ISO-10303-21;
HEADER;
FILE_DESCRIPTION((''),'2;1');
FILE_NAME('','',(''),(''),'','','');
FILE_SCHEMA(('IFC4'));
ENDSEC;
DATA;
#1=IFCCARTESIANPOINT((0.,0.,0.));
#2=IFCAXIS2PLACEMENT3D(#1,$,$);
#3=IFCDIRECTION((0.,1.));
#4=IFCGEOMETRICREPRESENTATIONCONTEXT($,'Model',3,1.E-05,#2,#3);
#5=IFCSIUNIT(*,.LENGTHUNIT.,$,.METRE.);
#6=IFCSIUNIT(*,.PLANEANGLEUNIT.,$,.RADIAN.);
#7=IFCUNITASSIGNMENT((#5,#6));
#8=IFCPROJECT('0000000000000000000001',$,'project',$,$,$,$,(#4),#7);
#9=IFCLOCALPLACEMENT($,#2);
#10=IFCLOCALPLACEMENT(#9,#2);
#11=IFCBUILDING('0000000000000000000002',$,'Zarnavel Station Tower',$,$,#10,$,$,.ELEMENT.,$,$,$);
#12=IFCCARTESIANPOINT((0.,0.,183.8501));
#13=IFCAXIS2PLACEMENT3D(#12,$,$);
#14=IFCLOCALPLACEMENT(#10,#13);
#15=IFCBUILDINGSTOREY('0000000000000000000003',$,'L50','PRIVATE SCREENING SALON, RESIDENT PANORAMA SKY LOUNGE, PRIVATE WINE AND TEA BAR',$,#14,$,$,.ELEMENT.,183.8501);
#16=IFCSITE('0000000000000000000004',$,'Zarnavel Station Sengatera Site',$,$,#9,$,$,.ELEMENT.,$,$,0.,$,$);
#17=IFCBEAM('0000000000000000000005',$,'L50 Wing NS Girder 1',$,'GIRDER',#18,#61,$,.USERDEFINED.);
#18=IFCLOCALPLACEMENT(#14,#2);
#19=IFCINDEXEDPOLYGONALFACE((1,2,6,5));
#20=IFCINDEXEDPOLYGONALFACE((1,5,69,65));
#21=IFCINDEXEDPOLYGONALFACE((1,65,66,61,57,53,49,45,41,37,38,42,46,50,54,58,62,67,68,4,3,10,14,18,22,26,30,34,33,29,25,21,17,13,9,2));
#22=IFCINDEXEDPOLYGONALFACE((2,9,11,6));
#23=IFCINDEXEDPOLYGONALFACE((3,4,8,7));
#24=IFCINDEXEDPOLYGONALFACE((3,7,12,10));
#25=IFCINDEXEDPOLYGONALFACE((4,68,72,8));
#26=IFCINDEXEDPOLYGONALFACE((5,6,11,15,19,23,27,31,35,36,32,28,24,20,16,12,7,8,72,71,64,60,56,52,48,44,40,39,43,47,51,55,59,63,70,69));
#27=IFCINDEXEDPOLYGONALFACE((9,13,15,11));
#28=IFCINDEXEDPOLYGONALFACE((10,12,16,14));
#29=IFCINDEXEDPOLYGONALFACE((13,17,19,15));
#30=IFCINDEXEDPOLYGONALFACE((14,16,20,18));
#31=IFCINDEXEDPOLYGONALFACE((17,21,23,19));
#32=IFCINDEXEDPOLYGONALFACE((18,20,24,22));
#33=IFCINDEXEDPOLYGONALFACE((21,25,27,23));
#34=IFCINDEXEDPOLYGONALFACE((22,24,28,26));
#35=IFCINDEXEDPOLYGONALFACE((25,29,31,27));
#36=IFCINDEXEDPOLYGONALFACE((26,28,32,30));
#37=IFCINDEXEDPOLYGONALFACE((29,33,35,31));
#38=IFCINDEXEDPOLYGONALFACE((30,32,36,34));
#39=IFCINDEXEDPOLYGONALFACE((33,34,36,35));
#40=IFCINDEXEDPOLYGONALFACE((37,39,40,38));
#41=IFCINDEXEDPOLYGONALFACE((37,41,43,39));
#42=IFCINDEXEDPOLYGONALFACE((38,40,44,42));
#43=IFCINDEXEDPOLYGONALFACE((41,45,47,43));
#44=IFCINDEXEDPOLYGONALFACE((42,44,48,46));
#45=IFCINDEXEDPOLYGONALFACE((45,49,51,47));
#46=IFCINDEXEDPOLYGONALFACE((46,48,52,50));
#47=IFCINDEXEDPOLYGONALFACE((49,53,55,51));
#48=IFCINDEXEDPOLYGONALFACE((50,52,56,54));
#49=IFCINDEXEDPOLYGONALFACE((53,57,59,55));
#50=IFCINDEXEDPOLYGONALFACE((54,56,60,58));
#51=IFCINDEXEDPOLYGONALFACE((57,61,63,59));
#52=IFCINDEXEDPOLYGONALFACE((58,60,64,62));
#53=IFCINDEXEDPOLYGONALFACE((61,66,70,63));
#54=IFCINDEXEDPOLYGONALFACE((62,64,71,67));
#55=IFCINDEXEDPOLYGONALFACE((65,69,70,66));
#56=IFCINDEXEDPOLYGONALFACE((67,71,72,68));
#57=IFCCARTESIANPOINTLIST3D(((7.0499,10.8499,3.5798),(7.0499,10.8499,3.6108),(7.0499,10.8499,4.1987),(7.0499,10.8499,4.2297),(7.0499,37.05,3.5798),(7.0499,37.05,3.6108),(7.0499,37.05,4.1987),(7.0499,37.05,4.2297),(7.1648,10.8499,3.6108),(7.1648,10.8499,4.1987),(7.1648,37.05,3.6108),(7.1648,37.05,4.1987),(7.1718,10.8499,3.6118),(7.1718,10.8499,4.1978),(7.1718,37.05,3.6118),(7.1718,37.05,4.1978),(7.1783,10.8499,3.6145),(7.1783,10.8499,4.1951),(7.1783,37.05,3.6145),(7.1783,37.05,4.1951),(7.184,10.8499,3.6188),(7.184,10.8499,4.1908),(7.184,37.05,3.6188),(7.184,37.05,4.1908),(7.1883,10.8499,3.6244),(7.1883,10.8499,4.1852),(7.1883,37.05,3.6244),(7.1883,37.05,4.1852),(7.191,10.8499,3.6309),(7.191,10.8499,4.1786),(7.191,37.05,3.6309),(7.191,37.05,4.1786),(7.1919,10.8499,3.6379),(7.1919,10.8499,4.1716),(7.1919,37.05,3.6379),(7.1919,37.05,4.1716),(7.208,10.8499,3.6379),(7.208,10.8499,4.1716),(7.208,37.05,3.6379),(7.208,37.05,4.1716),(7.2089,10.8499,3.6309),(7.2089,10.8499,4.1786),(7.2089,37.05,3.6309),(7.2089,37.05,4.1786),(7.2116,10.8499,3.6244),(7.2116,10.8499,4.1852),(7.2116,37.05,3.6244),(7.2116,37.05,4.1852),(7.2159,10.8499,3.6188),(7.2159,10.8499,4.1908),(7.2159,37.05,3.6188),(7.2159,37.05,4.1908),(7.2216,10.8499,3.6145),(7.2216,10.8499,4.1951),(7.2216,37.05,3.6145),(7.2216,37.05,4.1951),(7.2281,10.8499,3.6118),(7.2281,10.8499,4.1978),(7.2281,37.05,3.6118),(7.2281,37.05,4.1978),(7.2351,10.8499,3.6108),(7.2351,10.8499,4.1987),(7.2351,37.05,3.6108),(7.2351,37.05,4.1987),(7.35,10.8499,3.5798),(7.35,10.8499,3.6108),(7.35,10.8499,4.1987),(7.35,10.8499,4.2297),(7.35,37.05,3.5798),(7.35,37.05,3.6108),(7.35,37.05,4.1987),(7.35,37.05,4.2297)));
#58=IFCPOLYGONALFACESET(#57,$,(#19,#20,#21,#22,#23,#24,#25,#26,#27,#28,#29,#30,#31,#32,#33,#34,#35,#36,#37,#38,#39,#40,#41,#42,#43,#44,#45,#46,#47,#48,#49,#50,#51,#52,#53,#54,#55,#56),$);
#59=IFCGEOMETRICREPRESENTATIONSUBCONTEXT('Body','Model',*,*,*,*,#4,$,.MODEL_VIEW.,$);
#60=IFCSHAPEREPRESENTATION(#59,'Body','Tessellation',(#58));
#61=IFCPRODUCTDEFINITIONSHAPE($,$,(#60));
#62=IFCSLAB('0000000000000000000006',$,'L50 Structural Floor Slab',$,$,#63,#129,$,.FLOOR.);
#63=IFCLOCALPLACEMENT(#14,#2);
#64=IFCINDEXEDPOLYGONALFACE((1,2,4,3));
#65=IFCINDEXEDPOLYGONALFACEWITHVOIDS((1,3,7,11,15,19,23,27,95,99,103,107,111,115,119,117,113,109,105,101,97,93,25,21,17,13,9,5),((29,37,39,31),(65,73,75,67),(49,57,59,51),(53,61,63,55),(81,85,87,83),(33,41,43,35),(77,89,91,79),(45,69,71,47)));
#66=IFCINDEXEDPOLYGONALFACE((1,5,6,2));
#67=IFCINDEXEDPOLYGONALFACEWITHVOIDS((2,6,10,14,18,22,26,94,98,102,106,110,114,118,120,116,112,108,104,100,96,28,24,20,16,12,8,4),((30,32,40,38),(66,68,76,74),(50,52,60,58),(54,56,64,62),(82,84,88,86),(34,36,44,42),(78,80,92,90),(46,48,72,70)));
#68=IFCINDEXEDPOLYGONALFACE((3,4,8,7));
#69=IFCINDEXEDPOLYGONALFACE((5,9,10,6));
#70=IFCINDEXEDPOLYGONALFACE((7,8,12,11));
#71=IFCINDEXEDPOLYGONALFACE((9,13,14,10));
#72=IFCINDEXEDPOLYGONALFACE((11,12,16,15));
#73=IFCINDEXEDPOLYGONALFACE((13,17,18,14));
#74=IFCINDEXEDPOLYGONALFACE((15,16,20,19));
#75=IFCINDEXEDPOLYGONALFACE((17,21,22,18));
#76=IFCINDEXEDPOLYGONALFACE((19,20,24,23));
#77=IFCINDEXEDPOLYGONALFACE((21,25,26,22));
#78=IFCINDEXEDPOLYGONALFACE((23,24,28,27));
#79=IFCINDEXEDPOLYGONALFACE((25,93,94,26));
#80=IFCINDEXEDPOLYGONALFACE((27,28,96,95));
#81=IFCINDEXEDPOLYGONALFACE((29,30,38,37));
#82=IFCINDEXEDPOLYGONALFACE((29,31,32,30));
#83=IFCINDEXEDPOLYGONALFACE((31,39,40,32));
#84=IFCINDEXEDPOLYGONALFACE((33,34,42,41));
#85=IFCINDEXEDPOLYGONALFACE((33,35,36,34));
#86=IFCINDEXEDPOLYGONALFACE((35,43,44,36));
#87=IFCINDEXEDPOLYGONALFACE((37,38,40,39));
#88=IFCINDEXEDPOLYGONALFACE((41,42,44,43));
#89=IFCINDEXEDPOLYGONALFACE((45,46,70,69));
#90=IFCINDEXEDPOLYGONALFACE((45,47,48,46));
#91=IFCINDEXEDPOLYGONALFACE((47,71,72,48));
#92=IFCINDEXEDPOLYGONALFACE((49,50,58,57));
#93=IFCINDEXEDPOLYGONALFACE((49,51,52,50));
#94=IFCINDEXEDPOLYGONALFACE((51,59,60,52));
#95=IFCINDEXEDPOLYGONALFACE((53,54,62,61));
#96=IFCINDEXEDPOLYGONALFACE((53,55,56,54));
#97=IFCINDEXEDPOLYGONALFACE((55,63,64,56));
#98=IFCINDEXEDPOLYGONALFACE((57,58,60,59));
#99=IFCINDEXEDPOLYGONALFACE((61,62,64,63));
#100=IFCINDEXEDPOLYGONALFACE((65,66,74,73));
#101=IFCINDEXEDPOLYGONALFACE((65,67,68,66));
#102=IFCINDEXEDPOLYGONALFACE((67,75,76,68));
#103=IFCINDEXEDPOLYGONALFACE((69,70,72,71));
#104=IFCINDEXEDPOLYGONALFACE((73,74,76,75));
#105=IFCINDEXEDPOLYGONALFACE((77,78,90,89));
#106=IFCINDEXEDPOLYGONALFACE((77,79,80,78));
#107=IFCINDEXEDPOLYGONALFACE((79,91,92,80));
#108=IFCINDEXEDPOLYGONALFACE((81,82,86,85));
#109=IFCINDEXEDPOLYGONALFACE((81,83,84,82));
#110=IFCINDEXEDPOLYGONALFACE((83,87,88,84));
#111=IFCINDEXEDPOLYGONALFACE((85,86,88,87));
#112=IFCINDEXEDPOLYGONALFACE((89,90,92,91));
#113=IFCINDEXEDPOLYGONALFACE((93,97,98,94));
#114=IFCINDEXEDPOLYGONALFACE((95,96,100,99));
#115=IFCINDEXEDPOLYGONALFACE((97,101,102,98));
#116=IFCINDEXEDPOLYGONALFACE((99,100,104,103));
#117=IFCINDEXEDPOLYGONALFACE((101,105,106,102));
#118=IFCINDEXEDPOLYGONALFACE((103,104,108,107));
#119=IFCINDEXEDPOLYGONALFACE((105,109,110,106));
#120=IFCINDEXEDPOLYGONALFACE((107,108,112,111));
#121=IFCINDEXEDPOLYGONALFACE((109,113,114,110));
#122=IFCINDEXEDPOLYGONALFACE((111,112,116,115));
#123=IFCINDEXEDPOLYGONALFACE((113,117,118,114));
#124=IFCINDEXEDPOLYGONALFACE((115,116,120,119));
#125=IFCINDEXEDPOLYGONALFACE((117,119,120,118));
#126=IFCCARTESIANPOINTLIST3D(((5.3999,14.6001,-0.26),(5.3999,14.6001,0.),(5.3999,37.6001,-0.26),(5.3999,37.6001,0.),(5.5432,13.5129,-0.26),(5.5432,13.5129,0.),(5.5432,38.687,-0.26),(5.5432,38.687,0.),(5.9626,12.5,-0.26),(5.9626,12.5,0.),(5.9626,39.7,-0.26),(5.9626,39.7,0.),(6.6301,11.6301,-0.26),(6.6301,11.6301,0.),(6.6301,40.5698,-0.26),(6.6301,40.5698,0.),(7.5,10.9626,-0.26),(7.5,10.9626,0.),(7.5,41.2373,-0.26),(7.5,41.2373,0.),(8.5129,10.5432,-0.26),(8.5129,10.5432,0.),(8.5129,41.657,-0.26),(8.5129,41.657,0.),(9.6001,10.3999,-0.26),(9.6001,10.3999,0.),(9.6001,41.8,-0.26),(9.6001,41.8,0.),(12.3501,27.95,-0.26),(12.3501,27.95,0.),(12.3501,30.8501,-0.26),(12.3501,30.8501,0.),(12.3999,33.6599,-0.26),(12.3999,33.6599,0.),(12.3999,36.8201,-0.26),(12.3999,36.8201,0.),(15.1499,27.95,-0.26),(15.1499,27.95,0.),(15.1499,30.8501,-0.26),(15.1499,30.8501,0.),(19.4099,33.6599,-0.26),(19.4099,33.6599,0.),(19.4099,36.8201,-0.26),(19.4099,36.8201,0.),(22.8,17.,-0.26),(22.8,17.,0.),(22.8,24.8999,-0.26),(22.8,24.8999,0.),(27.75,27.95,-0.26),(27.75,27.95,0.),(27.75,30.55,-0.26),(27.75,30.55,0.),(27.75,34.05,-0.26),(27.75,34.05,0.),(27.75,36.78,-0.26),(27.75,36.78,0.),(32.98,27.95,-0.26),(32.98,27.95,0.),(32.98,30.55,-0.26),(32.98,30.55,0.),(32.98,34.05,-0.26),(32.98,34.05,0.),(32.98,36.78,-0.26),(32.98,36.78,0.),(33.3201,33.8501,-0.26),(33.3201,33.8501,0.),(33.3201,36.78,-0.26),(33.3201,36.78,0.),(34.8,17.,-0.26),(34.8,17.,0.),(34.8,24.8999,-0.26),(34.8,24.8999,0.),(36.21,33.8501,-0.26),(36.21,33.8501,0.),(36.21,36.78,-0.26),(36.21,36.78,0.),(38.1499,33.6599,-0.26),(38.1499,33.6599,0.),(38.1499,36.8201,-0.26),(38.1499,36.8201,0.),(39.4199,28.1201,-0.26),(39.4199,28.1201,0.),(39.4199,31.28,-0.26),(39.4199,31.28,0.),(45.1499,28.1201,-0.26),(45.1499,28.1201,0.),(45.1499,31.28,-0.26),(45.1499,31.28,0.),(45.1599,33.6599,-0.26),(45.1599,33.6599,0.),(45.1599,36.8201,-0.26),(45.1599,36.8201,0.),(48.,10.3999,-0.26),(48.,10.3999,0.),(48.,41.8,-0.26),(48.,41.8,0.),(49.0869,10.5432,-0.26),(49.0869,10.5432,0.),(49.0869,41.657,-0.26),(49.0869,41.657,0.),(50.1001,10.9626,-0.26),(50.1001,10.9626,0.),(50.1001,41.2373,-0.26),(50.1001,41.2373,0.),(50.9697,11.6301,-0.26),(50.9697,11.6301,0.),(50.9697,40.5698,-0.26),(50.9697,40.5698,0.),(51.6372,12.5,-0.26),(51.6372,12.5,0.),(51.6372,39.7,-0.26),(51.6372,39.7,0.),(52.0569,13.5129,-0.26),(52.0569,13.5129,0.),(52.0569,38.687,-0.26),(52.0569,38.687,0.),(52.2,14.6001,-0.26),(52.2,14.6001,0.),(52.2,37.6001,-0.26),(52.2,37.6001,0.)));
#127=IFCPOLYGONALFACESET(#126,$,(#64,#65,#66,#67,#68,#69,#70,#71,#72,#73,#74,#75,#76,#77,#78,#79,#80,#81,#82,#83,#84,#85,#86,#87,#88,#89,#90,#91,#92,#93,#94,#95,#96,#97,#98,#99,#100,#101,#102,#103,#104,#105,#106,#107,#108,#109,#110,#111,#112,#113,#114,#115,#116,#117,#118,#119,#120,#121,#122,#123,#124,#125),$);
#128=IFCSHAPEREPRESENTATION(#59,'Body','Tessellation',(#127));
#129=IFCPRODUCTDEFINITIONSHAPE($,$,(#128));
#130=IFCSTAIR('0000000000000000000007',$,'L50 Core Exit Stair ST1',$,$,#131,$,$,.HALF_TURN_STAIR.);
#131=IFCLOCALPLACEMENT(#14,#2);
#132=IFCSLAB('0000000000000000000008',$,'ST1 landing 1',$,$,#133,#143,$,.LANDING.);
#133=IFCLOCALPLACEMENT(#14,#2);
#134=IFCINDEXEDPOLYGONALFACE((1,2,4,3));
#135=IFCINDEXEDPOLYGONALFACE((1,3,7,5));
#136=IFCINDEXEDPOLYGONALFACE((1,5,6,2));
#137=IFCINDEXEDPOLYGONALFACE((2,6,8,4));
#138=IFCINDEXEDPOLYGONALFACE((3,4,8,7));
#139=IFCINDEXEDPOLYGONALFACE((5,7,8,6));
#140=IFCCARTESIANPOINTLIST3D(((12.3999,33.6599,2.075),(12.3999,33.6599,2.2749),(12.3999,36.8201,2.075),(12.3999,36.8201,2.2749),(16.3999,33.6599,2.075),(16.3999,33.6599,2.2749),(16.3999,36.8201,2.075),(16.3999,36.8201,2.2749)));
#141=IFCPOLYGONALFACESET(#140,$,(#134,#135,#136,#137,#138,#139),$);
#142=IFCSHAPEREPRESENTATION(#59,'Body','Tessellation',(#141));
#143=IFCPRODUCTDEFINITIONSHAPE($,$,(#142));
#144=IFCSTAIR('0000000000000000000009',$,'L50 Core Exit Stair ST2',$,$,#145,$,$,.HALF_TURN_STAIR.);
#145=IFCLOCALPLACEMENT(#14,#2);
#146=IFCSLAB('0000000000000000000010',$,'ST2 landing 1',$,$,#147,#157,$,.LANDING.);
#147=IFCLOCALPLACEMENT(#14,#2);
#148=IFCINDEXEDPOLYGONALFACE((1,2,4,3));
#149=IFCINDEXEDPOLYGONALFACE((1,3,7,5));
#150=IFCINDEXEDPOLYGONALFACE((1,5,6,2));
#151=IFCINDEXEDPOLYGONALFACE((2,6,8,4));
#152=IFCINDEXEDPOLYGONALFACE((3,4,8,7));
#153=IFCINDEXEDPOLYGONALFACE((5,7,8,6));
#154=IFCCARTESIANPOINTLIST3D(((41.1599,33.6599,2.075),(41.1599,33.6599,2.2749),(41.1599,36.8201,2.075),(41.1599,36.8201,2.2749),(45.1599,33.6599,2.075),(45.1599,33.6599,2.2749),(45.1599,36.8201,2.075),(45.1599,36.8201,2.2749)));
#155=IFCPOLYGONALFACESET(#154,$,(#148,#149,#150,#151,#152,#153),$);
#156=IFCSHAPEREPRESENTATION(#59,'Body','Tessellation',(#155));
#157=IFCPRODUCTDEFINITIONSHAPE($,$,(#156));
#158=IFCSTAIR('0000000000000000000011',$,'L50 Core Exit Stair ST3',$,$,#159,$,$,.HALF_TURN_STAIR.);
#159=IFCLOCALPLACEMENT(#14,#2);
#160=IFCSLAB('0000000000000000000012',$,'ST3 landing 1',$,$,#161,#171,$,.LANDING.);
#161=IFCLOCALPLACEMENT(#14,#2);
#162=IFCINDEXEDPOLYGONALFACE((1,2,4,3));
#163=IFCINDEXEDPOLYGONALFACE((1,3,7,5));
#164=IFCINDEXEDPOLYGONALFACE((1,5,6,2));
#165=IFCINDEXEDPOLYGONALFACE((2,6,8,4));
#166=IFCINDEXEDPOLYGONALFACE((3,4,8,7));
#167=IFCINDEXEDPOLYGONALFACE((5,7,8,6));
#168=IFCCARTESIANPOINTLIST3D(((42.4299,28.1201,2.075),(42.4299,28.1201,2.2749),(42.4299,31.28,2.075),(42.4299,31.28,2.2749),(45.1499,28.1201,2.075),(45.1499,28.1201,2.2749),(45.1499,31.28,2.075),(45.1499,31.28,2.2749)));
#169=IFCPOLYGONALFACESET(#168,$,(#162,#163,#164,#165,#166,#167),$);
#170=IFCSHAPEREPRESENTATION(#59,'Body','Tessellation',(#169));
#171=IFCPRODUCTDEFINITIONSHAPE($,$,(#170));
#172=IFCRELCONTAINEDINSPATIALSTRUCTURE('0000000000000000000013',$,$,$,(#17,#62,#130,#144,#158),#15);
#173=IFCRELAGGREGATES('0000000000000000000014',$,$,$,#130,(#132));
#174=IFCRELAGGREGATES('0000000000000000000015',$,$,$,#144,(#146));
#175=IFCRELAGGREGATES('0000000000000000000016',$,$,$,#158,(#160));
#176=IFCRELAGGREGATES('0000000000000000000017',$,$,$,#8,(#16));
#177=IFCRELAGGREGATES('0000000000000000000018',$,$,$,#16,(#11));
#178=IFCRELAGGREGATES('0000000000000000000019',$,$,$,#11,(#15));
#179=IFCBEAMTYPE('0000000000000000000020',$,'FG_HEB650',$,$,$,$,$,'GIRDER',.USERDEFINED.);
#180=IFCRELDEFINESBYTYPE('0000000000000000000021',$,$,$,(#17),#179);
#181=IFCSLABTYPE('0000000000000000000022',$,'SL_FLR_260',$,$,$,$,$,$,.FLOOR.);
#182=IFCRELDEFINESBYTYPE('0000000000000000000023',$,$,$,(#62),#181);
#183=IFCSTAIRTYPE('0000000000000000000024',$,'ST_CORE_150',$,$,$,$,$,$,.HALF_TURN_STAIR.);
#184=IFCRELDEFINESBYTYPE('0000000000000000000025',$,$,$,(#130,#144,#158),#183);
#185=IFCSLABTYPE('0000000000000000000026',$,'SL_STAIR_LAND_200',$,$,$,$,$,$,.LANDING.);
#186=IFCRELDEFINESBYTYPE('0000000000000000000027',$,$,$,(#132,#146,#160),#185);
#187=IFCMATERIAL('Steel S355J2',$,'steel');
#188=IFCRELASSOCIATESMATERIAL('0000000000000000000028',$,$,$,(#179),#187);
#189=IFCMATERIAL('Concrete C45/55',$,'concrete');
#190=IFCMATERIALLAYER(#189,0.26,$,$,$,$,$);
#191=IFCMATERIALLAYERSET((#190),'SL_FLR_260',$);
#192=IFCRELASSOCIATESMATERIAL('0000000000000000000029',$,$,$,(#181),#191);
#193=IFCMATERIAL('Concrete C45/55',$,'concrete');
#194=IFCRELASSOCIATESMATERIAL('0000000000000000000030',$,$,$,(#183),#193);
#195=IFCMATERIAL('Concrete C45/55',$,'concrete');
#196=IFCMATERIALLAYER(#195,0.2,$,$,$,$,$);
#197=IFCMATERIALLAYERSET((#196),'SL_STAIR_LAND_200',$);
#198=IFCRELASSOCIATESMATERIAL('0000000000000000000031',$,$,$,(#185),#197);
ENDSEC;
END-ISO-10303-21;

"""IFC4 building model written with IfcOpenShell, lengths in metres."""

from ifc_helpers import new_model, si_unit, direction, frame, origin, origin_2d, place, context, subcontext, project, spatial, polyline, i_section, outline, extrude, material, layer, layer_set, material_profile, profile_set, type_object, element, aggregate, save


model = new_model("IFC4")

# Units and contexts
model_context = context("Model", 3, precision=1e-05, world=origin(), true_north=direction((0.0, 1.0)))
body_context = subcontext(model_context, "Body", "Model", "MODEL_VIEW")
ifc_project = project(units=[si_unit("LENGTHUNIT", "METRE"), si_unit("PLANEANGLEUNIT", "RADIAN")], contexts=[model_context])

# Site, building, storey
site_placement = place(None, origin())
site = spatial("IfcSite", under=ifc_project, at=site_placement, Name="Zarnavel Station Sengatera Site", CompositionType="ELEMENT", RefElevation=0.0)
building_placement = place(site_placement, origin())
building = spatial("IfcBuilding", under=site, at=building_placement, Name="Zarnavel Station Tower", CompositionType="ELEMENT")
storey_placement = place(building_placement, frame((0.0, 0.0, 183.8501)))
storey = spatial("IfcBuildingStorey", under=building, at=storey_placement, Name="L50", Description="PRIVATE SCREENING SALON, RESIDENT PANORAMA SKY LOUNGE, PRIVATE WINE AND TEA BAR", CompositionType="ELEMENT", Elevation=183.8501)

# Beam
ifc_material_1 = material(Name="Steel S355J2", Category="steel")
ifc_material_profile = material_profile(ifc_material_1, i_section(OverallWidth=0.3, OverallDepth=0.6499, WebThickness=0.0161, FlangeThickness=0.031, FilletRadius=0.0271, at=origin_2d()), Name="HEB650")
ifc_profile_set = profile_set([ifc_material_profile], Name="Steel S355J2")
beam_type = type_object("IfcBeamType", Name="FG_HEB650", ElementType="GIRDER", PredefinedType="USERDEFINED", material=ifc_profile_set)
beam_placement = place(storey_placement, frame((7.2, 10.8499, 3.9048), z_axis=(0.0, 1.0, 0.0), x_axis=(-1.0, 0.0, 0.0)))
element("IfcBeam", 1, at=beam_placement, inside=storey, type_object=beam_type, Name="L50 Wing NS Girder 1", ObjectType="GIRDER", PredefinedType="USERDEFINED", context=body_context, shape_type="SweptSolid", body=[
    extrude(i_section(OverallWidth=0.3, OverallDepth=0.6499, WebThickness=0.0161, FlangeThickness=0.031, FilletRadius=0.0271, at=origin_2d()), origin(), (0.0, 0.0, 1.0), 26.2002),
])

# Slab
ifc_material_2 = material(Name="Concrete C45/55", Category="concrete")
ifc_layer_1 = layer(ifc_material_2, 0.26)
ifc_layer_set_1 = layer_set([ifc_layer_1], Name="SL_FLR_260")
slab_type_1 = type_object("IfcSlabType", Name="SL_FLR_260", PredefinedType="FLOOR", material=ifc_layer_set_1)
slab_1_placement = place(storey_placement, frame((0.0, 0.0, -0.26)))
element("IfcSlab", 2, at=slab_1_placement, inside=storey, type_object=slab_type_1, Name="L50 Structural Floor Slab", PredefinedType="FLOOR", context=body_context, shape_type="SweptSolid", body=[
    extrude(outline(polyline([(48.0, 10.3999), (49.0869, 10.5432), (50.1001, 10.9626), (50.9697, 11.6301), (51.6372, 12.5), (52.0569, 13.5129), (52.2, 14.6001), (52.2, 37.6001), (52.0569, 38.687), (51.6372, 39.7), (50.9697, 40.5698), (50.1001, 41.2373), (49.0869, 41.657), (48.0, 41.8), (9.6001, 41.8), (8.5129, 41.657), (7.5, 41.2373), (6.6301, 40.5698), (5.9626, 39.7), (5.5432, 38.687), (5.3999, 37.6001), (5.3999, 14.6001), (5.5432, 13.5129), (5.9626, 12.5), (6.6301, 11.6301), (7.5, 10.9626), (8.5129, 10.5432), (9.6001, 10.3999), (48.0, 10.3999)]), holes=[polyline([(12.3999, 33.6599), (19.4099, 33.6599), (19.4099, 36.8201), (12.3999, 36.8201), (12.3999, 33.6599)]), polyline([(38.1499, 33.6599), (45.1599, 33.6599), (45.1599, 36.8201), (38.1499, 36.8201), (38.1499, 33.6599)]), polyline([(39.4199, 28.1201), (45.1499, 28.1201), (45.1499, 31.28), (39.4199, 31.28), (39.4199, 28.1201)]), polyline([(12.3501, 27.95), (15.1499, 27.95), (15.1499, 30.8501), (12.3501, 30.8501), (12.3501, 27.95)]), polyline([(33.3201, 33.8501), (36.21, 33.8501), (36.21, 36.78), (33.3201, 36.78), (33.3201, 33.8501)]), polyline([(27.75, 34.05), (32.98, 34.05), (32.98, 36.78), (27.75, 36.78), (27.75, 34.05)]), polyline([(27.75, 27.95), (32.98, 27.95), (32.98, 30.55), (27.75, 30.55), (27.75, 27.95)]), polyline([(22.8, 17.0), (34.8, 17.0), (34.8, 24.8999), (22.8, 24.8999), (22.8, 17.0)])]), origin(), (0.0, 0.0, 1.0), 0.26),
])

# Stairs, slabs
ifc_material_3 = material(Name="Concrete C45/55", Category="concrete")
stair_type = type_object("IfcStairType", Name="ST_CORE_150", PredefinedType="HALF_TURN_STAIR", material=ifc_material_3)
stair_1_placement = place(storey_placement, origin())
stair_1 = element("IfcStair", 3, at=stair_1_placement, inside=storey, type_object=stair_type, Name="L50 Core Exit Stair ST1", PredefinedType="HALF_TURN_STAIR")
ifc_material_4 = material(Name="Concrete C45/55", Category="concrete")
ifc_layer_2 = layer(ifc_material_4, 0.2)
ifc_layer_set_2 = layer_set([ifc_layer_2], Name="SL_STAIR_LAND_200")
slab_type_2 = type_object("IfcSlabType", Name="SL_STAIR_LAND_200", PredefinedType="LANDING", material=ifc_layer_set_2)
slab_2_placement = place(storey_placement, frame((0.0, 0.0, 2.075)))
slab_2 = element("IfcSlab", 4, at=slab_2_placement, type_object=slab_type_2, Name="ST1 landing 1", PredefinedType="LANDING", context=body_context, shape_type="SweptSolid", body=[
    extrude(outline(polyline([(16.3999, 36.8201), (12.3999, 36.8201), (12.3999, 33.6599), (16.3999, 33.6599), (16.3999, 36.8201)])), origin(), (0.0, 0.0, 1.0), 0.2),
])
aggregate(stair_1, [slab_2])
stair_2_placement = place(storey_placement, origin())
stair_2 = element("IfcStair", 5, at=stair_2_placement, inside=storey, type_object=stair_type, Name="L50 Core Exit Stair ST2", PredefinedType="HALF_TURN_STAIR")
slab_3_placement = place(storey_placement, frame((0.0, 0.0, 2.075)))
slab_3 = element("IfcSlab", 6, at=slab_3_placement, type_object=slab_type_2, Name="ST2 landing 1", PredefinedType="LANDING", context=body_context, shape_type="SweptSolid", body=[
    extrude(outline(polyline([(41.1599, 33.6599), (45.1599, 33.6599), (45.1599, 36.8201), (41.1599, 36.8201), (41.1599, 33.6599)])), origin(), (0.0, 0.0, 1.0), 0.2),
])
aggregate(stair_2, [slab_3])
stair_3_placement = place(storey_placement, origin())
stair_3 = element("IfcStair", 7, at=stair_3_placement, inside=storey, type_object=stair_type, Name="L50 Core Exit Stair ST3", PredefinedType="HALF_TURN_STAIR")
slab_4_placement = place(storey_placement, frame((0.0, 0.0, 2.075)))
slab_4 = element("IfcSlab", 8, at=slab_4_placement, type_object=slab_type_2, Name="ST3 landing 1", PredefinedType="LANDING", context=body_context, shape_type="SweptSolid", body=[
    extrude(outline(polyline([(42.4299, 28.1201), (45.1499, 28.1201), (45.1499, 31.28), (42.4299, 31.28), (42.4299, 28.1201)])), origin(), (0.0, 0.0, 1.0), 0.2),
])
aggregate(stair_3, [slab_4])

save(model, "model.ifc")
